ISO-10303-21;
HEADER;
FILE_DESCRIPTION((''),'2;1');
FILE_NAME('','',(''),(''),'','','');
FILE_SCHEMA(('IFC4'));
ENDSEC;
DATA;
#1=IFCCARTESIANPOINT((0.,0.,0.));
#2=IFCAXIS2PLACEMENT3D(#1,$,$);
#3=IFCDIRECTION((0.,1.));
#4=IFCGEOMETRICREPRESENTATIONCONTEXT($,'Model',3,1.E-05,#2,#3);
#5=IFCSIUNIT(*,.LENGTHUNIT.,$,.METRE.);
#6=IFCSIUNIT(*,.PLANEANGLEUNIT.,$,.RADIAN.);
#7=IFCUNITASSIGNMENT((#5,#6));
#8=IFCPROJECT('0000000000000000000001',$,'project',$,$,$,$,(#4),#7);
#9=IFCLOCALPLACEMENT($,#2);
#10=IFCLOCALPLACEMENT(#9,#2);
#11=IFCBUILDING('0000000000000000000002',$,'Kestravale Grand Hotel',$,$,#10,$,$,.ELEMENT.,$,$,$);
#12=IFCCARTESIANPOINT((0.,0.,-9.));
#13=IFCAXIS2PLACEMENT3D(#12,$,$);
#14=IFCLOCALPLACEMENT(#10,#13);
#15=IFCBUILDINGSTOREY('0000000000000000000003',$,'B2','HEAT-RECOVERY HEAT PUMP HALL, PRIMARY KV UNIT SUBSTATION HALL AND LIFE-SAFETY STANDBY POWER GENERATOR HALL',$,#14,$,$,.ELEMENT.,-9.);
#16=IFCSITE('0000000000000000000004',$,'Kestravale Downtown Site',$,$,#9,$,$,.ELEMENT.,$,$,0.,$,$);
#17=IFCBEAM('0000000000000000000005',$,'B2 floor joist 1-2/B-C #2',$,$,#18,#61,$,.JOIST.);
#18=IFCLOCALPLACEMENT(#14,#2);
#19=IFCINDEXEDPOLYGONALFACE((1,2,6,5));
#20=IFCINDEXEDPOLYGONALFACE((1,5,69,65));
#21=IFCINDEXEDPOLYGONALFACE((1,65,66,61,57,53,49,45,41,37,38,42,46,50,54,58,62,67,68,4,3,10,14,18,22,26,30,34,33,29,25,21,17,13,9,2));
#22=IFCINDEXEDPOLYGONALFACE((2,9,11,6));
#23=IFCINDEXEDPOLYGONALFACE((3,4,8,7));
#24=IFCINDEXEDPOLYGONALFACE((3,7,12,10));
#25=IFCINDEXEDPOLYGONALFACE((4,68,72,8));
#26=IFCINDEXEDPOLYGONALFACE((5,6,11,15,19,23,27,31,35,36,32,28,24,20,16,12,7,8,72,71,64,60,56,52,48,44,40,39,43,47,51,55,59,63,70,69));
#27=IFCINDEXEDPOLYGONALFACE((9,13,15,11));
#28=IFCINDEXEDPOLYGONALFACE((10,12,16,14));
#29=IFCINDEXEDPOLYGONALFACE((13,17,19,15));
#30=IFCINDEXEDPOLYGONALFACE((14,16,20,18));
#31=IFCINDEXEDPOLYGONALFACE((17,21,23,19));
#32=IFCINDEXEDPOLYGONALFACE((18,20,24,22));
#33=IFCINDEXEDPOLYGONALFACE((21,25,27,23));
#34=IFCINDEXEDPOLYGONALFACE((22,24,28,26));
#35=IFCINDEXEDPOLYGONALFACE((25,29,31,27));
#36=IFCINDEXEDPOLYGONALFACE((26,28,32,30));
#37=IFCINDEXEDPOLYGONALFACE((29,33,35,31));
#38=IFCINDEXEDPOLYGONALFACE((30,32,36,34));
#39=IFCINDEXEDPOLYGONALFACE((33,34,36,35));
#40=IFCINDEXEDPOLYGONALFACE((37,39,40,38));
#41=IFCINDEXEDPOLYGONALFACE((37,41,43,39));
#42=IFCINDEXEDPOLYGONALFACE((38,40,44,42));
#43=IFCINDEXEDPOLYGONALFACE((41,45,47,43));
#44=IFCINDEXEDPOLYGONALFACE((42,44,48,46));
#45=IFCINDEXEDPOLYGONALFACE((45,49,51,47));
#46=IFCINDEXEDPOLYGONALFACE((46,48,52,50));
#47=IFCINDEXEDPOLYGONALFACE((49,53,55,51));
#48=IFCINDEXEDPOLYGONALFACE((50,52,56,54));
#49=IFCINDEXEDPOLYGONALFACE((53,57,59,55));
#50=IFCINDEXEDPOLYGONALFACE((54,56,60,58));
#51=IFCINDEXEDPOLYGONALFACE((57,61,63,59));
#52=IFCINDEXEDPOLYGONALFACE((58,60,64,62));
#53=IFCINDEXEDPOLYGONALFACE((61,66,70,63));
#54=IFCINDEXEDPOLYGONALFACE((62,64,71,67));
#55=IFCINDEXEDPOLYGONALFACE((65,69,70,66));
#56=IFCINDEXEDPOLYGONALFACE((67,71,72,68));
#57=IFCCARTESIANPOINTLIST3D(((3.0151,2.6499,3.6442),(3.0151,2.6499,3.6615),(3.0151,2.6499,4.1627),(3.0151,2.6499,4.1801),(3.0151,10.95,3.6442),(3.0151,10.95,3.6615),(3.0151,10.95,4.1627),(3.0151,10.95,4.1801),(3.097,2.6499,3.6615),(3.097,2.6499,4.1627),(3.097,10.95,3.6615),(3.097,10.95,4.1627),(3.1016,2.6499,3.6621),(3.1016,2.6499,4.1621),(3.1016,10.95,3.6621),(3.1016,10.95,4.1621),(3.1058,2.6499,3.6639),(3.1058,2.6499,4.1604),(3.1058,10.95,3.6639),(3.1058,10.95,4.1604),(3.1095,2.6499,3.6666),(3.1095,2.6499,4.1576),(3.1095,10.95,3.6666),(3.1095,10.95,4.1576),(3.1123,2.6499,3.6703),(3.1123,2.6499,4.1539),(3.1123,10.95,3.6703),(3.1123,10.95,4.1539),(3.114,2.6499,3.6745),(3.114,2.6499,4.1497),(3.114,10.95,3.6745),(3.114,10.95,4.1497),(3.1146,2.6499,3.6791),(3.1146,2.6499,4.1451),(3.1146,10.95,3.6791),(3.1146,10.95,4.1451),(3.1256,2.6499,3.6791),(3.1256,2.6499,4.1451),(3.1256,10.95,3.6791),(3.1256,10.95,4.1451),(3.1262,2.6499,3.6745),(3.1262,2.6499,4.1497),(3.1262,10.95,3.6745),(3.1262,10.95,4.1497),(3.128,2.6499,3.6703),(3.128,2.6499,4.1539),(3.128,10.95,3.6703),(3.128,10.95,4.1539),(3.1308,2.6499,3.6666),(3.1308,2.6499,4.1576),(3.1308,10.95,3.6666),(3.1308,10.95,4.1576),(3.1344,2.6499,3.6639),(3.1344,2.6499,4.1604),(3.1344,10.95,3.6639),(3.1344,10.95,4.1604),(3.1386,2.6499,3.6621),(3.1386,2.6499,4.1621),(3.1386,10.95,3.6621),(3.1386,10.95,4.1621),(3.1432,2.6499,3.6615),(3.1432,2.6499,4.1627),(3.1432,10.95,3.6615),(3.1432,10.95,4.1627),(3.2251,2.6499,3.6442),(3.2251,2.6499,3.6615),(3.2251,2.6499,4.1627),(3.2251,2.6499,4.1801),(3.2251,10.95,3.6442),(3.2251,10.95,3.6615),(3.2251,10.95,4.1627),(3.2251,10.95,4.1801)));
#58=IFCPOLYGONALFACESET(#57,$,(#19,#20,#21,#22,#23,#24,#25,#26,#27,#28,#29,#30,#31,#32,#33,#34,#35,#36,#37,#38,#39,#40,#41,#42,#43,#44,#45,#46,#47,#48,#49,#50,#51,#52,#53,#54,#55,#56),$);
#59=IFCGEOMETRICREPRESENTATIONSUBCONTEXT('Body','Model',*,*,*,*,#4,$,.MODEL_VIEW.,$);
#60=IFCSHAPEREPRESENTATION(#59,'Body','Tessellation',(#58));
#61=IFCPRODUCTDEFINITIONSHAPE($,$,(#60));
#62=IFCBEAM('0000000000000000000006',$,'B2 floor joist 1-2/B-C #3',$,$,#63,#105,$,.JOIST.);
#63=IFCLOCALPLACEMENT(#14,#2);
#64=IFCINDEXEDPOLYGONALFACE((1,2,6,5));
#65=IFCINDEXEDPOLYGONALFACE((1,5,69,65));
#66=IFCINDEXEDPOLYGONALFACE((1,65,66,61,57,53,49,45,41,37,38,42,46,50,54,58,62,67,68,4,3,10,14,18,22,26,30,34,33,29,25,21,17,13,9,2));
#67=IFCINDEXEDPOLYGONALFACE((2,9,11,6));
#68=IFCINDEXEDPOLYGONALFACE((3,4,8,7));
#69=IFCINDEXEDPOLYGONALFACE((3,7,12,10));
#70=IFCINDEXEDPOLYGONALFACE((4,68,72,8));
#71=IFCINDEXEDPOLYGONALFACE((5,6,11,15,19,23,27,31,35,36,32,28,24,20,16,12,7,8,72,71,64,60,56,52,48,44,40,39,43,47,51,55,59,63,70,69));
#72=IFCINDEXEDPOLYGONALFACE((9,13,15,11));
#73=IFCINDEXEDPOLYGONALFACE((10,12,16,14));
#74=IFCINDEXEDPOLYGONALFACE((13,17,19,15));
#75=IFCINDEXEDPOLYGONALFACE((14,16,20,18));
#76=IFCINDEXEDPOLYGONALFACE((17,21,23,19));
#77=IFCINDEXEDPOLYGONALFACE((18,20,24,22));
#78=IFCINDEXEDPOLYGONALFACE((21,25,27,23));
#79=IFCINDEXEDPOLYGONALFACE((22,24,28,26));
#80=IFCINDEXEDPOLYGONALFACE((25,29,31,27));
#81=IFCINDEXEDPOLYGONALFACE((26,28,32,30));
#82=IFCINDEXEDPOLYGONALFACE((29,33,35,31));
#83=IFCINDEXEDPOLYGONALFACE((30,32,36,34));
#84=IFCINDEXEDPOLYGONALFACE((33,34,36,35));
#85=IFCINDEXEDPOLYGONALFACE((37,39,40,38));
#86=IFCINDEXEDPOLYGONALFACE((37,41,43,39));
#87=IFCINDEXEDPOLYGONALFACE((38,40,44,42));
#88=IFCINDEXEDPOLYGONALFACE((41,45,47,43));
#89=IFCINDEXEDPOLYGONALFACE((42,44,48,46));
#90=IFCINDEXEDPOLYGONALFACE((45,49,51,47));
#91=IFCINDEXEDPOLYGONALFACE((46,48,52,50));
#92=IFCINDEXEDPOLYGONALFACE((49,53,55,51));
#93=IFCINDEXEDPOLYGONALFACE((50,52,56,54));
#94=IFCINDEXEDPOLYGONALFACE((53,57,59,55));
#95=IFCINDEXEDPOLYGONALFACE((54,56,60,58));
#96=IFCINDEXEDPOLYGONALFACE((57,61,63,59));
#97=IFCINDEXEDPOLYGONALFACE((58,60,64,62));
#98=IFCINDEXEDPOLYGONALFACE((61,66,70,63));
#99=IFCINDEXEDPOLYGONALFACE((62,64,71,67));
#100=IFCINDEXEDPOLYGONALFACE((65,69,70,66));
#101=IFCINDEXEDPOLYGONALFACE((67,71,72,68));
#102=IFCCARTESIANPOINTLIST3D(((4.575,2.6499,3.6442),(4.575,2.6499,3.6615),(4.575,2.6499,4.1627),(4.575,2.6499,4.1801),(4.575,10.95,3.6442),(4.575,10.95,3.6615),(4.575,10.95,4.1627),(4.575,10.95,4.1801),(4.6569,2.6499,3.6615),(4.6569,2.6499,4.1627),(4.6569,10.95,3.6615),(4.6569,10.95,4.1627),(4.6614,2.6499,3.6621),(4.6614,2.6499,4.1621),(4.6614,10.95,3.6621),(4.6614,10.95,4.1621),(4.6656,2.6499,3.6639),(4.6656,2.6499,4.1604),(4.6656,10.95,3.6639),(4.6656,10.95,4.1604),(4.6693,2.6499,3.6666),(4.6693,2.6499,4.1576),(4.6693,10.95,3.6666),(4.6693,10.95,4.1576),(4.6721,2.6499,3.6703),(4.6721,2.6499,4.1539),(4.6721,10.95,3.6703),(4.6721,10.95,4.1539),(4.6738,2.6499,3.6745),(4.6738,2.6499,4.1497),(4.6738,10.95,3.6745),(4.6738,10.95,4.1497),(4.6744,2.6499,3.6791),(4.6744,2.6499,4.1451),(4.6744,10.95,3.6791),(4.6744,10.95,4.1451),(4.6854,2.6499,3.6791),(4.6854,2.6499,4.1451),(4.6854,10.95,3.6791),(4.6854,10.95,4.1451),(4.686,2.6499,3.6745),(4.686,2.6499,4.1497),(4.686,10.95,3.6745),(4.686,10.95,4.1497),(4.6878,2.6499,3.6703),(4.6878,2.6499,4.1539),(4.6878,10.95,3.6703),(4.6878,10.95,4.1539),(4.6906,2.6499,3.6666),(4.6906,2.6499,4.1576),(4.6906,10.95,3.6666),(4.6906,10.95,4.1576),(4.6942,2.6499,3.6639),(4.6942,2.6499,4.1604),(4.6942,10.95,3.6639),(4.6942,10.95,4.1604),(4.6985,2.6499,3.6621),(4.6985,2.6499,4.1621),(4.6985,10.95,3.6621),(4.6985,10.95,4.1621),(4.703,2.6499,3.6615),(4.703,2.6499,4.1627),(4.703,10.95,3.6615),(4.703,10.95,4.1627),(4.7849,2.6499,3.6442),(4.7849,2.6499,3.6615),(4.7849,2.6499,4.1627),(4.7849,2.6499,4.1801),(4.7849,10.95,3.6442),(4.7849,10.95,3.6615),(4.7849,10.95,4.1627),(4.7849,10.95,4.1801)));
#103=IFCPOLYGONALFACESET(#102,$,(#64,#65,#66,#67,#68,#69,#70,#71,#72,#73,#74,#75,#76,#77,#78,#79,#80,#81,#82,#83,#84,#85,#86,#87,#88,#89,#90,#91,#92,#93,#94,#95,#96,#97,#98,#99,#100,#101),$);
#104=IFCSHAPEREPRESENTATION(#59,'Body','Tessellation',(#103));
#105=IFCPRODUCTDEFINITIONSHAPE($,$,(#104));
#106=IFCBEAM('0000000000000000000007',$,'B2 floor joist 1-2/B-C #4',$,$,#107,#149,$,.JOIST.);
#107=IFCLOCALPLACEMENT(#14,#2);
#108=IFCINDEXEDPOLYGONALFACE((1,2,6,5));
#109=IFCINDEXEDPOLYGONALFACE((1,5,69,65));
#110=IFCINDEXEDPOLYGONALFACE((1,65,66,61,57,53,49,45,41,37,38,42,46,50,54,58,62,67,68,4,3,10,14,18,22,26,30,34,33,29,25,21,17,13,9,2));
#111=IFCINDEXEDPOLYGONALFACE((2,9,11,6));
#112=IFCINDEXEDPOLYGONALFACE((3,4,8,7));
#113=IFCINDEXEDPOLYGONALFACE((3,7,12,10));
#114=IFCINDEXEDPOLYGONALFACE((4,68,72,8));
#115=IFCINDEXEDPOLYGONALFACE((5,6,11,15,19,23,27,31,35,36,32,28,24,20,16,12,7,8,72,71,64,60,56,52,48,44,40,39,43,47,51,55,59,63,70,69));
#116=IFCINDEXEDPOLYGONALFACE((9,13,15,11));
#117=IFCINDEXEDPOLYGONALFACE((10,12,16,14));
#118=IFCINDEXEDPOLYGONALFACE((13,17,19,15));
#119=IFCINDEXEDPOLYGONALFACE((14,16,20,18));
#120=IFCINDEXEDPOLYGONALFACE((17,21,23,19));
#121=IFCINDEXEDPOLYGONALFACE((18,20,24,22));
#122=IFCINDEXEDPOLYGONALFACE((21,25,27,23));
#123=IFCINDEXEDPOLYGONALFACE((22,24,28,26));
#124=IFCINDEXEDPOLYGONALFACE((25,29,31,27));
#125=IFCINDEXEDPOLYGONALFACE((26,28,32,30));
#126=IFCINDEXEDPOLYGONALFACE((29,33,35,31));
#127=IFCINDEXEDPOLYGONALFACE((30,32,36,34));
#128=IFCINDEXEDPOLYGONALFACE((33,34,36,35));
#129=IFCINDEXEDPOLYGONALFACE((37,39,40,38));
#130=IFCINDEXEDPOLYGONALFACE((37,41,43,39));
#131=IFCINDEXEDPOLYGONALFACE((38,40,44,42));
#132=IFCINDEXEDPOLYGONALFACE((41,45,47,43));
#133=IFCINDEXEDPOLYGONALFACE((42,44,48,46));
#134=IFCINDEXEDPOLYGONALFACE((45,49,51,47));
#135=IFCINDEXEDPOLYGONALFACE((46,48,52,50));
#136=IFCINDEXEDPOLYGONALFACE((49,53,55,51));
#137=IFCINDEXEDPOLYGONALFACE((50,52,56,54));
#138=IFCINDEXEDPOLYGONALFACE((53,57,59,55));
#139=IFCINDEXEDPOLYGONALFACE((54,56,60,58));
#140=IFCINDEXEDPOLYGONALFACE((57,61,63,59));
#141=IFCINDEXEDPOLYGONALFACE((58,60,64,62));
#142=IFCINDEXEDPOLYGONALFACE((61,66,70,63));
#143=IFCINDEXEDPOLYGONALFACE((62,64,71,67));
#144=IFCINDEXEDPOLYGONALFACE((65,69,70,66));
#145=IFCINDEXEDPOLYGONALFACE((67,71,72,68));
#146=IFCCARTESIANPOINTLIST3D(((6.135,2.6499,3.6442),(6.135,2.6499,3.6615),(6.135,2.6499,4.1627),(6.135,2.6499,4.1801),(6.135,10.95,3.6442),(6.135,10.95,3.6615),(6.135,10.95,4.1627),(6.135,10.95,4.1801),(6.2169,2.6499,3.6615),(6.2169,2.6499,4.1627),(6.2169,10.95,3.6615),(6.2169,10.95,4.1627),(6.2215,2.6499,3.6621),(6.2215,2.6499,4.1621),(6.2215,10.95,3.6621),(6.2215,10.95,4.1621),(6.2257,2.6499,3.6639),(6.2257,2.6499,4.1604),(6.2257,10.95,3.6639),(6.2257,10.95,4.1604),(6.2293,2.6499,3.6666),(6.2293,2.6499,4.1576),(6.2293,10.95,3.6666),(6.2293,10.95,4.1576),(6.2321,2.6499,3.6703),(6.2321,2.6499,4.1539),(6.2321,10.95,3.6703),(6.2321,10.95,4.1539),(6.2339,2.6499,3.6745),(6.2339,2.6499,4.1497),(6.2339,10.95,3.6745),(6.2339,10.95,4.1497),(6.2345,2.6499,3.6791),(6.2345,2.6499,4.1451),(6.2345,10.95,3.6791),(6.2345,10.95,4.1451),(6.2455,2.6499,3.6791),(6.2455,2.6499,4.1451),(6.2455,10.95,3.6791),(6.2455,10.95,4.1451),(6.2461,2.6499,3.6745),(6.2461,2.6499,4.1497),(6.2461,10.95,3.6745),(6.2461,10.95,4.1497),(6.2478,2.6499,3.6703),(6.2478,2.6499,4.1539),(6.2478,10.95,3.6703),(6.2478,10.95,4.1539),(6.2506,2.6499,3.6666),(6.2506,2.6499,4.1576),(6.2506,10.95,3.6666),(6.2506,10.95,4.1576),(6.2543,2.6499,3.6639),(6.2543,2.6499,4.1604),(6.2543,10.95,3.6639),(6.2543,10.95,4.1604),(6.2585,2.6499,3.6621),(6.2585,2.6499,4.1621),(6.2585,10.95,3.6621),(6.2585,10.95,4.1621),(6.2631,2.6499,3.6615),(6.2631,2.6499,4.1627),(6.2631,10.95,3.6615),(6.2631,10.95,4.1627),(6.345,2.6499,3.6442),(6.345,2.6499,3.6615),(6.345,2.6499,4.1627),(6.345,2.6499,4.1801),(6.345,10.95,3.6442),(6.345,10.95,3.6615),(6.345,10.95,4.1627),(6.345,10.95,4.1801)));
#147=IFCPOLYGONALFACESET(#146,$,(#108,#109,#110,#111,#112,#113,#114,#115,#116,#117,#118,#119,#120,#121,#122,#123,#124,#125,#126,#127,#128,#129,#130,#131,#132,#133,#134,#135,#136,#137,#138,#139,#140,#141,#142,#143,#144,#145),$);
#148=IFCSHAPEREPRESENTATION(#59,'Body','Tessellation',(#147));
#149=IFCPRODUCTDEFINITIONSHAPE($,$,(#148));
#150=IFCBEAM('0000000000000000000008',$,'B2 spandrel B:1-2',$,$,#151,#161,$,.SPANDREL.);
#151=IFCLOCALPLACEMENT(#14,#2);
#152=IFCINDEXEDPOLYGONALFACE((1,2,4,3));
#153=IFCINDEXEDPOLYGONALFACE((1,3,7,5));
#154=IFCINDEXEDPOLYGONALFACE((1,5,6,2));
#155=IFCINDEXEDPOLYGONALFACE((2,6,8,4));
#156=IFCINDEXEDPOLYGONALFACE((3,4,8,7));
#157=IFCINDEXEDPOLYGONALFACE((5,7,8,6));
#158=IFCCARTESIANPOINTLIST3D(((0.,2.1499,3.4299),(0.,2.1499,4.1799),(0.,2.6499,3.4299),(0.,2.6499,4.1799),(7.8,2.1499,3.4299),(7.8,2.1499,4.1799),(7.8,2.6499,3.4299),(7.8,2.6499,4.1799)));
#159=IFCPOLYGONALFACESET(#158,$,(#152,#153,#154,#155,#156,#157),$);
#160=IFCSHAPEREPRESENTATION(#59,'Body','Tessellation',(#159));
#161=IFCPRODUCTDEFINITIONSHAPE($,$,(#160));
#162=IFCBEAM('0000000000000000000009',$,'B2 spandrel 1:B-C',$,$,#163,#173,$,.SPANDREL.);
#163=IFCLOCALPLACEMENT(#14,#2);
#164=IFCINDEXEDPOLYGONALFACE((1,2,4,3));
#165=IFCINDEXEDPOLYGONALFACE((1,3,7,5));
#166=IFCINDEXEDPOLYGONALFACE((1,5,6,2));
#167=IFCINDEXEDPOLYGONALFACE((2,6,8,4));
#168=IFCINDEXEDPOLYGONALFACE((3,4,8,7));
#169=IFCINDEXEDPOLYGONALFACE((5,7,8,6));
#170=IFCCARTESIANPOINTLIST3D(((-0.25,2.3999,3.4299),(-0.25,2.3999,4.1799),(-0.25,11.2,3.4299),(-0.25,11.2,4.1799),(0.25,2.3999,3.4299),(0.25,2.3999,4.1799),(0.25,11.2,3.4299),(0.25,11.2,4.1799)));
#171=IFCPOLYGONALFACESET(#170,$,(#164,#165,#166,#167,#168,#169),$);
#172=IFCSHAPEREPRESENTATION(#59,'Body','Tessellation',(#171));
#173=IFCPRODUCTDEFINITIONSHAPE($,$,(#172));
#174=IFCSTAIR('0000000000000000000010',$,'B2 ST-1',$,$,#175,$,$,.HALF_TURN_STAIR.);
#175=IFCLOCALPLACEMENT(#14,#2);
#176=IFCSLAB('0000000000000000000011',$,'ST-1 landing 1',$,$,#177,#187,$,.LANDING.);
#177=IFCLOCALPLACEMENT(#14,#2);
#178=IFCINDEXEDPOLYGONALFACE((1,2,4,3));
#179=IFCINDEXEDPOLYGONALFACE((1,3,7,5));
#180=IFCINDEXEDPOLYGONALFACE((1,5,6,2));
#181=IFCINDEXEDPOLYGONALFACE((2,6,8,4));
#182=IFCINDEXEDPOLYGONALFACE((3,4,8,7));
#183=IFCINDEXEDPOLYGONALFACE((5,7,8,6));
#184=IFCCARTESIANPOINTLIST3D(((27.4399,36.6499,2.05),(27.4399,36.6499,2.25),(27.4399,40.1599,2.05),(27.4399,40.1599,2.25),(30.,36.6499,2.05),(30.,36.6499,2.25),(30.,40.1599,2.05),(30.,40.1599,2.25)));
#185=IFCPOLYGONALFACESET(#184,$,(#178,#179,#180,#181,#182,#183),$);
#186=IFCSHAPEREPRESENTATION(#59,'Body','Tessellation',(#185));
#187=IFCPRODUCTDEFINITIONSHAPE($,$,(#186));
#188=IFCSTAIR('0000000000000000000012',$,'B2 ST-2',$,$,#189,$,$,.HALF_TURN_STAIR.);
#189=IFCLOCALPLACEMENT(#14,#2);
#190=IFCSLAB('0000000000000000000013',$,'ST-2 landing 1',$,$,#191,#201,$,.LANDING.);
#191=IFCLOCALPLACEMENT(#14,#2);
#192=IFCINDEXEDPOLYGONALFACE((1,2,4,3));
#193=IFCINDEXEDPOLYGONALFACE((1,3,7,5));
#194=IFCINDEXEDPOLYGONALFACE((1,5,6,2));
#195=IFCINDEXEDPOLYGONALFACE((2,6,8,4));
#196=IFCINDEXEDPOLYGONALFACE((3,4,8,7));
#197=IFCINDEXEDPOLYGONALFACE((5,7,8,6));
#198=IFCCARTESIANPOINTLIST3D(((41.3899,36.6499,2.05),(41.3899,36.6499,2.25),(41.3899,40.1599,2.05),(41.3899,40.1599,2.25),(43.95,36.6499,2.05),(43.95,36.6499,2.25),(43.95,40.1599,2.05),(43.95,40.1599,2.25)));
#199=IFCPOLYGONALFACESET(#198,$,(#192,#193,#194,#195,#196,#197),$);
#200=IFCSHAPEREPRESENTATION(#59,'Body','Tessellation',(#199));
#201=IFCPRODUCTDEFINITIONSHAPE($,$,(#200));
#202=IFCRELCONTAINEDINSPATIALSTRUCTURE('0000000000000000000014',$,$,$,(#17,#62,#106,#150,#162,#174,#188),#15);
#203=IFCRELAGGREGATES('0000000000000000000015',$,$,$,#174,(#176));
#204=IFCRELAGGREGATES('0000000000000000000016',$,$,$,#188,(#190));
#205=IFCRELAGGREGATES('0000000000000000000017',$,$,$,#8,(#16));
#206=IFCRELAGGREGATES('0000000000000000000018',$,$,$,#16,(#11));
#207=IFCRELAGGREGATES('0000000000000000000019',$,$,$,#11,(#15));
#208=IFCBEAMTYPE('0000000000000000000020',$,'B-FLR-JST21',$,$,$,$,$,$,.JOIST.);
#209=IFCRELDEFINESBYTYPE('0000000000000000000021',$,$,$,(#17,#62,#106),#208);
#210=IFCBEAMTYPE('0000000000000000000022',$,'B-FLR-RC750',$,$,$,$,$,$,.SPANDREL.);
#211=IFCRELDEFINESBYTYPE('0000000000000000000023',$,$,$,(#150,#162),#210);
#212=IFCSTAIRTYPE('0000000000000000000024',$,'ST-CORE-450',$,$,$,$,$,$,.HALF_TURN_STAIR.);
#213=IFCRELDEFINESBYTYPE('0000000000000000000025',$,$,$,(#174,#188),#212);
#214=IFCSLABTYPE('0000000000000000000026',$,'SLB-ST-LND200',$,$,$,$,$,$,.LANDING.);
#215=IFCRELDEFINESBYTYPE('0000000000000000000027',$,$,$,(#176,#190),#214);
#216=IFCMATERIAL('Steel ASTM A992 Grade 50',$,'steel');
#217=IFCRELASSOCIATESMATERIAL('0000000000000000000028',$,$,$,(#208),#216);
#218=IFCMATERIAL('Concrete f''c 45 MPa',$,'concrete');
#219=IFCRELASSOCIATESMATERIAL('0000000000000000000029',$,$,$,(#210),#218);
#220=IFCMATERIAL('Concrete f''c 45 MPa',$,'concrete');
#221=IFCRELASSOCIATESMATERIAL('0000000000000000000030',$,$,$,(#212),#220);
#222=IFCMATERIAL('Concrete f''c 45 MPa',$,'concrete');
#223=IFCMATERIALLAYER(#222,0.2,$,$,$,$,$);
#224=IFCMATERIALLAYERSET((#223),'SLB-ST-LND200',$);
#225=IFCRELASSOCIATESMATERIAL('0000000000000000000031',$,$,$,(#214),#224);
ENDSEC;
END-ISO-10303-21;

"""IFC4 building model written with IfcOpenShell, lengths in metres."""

from ifc_helpers import new_model, si_unit, direction, frame, origin, origin_2d, place, context, subcontext, project, spatial, polyline, rectangle, i_section, outline, extrude, material, layer, layer_set, material_profile, profile_set, type_object, element, aggregate, save


model = new_model("IFC4")

# Units and contexts
model_context = context("Model", 3, precision=1e-05, world=origin(), true_north=direction((0.0, 1.0)))
body_context = subcontext(model_context, "Body", "Model", "MODEL_VIEW")
ifc_project = project(units=[si_unit("LENGTHUNIT", "METRE"), si_unit("PLANEANGLEUNIT", "RADIAN")], contexts=[model_context])

# Site, building, storey
site_placement = place(None, origin())
site = spatial("IfcSite", under=ifc_project, at=site_placement, Name="Kestravale Downtown Site", CompositionType="ELEMENT", RefElevation=0.0)
building_placement = place(site_placement, origin())
building = spatial("IfcBuilding", under=site, at=building_placement, Name="Kestravale Grand Hotel", CompositionType="ELEMENT")
storey_placement = place(building_placement, frame((0.0, 0.0, -9.0)))
storey = spatial("IfcBuildingStorey", under=building, at=storey_placement, Name="B2", Description="HEAT-RECOVERY HEAT PUMP HALL, PRIMARY KV UNIT SUBSTATION HALL AND LIFE-SAFETY STANDBY POWER GENERATOR HALL", CompositionType="ELEMENT", Elevation=-9.0)

# Beams
ifc_material_1 = material(Name="Steel ASTM A992 Grade 50", Category="steel")
ifc_material_profile_1 = material_profile(ifc_material_1, i_section(OverallWidth=0.21, OverallDepth=0.5359, WebThickness=0.011, FlangeThickness=0.0173, FilletRadius=0.0176, at=origin_2d()))
ifc_profile_set_1 = profile_set([ifc_material_profile_1], Name="Steel ASTM A992 Grade 50")
beam_type_1 = type_object("IfcBeamType", Name="B-FLR-JST21", PredefinedType="JOIST", material=ifc_profile_set_1)
for number, where, z_axis, x_axis, name in (
    (1, (3.1201, 2.6499, 3.9121), (0.0, 1.0, 0.0), (-1.0, 0.0, 0.0), "B2 floor joist 1-2/B-C #2"),
    (2, (4.6799, 2.6499, 3.9121), (0.0, 1.0, 0.0), (-1.0, 0.0, 0.0), "B2 floor joist 1-2/B-C #3"),
    (3, (6.24, 2.6499, 3.9121), (0.0, 1.0, 0.0), (-1.0, 0.0, 0.0), "B2 floor joist 1-2/B-C #4"),
):
    element("IfcBeam", number, at=place(storey_placement, frame(where, z_axis=z_axis, x_axis=x_axis)), inside=storey, type_object=beam_type_1, Name=name, PredefinedType="JOIST", context=body_context, shape_type="SweptSolid", body=[
        extrude(i_section(OverallWidth=0.21, OverallDepth=0.5359, WebThickness=0.011, FlangeThickness=0.0173, FilletRadius=0.0176, at=origin_2d()), origin(), (0.0, 0.0, 1.0), 8.3),
    ])
ifc_material_2 = material(Name="Concrete f'c 45 MPa", Category="concrete")
ifc_material_profile_2 = material_profile(ifc_material_2, rectangle(XDim=0.5, YDim=0.75, at=origin_2d()))
ifc_profile_set_2 = profile_set([ifc_material_profile_2], Name="Concrete f'c 45 MPa")
beam_type_2 = type_object("IfcBeamType", Name="B-FLR-RC750", PredefinedType="SPANDREL", material=ifc_profile_set_2)
beam_1_placement = place(storey_placement, frame((0.0, 2.3999, 3.8049), z_axis=(1.0, 0.0, 0.0), x_axis=(0.0, 1.0, 0.0)))
element("IfcBeam", 4, at=beam_1_placement, inside=storey, type_object=beam_type_2, Name="B2 spandrel B:1-2", PredefinedType="SPANDREL", context=body_context, shape_type="SweptSolid", body=[
    extrude(rectangle(XDim=0.5, YDim=0.75, at=origin_2d()), origin(), (0.0, 0.0, 1.0), 7.8),
])
beam_2_placement = place(storey_placement, frame((0.0, 2.3999, 3.8049), z_axis=(0.0, 1.0, 0.0), x_axis=(-1.0, 0.0, 0.0)))
element("IfcBeam", 5, at=beam_2_placement, inside=storey, type_object=beam_type_2, Name="B2 spandrel 1:B-C", PredefinedType="SPANDREL", context=body_context, shape_type="SweptSolid", body=[
    extrude(rectangle(XDim=0.5, YDim=0.75, at=origin_2d()), origin(), (0.0, 0.0, 1.0), 8.8),
])

# Stairs, slabs
ifc_material_3 = material(Name="Concrete f'c 45 MPa", Category="concrete")
stair_type = type_object("IfcStairType", Name="ST-CORE-450", PredefinedType="HALF_TURN_STAIR", material=ifc_material_3)
stair_1_placement = place(storey_placement, origin())
stair_1 = element("IfcStair", 6, at=stair_1_placement, inside=storey, type_object=stair_type, Name="B2 ST-1", PredefinedType="HALF_TURN_STAIR")
ifc_material_4 = material(Name="Concrete f'c 45 MPa", Category="concrete")
ifc_layer_1 = layer(ifc_material_4, 0.2)
ifc_layer_set_1 = layer_set([ifc_layer_1], Name="SLB-ST-LND200")
slab_type_1 = type_object("IfcSlabType", Name="SLB-ST-LND200", PredefinedType="LANDING", material=ifc_layer_set_1)
slab_1_placement = place(storey_placement, frame((0.0, 0.0, 2.05)))
slab_1 = element("IfcSlab", 7, at=slab_1_placement, type_object=slab_type_1, Name="ST-1 landing 1", PredefinedType="LANDING", context=body_context, shape_type="SweptSolid", body=[
    extrude(outline(polyline([(27.4399, 36.6499), (30.0, 36.6499), (30.0, 40.1599), (27.4399, 40.1599), (27.4399, 36.6499)])), origin(), (0.0, 0.0, 1.0), 0.2),
])
aggregate(stair_1, [slab_1])
stair_2_placement = place(storey_placement, origin())
stair_2 = element("IfcStair", 8, at=stair_2_placement, inside=storey, type_object=stair_type, Name="B2 ST-2", PredefinedType="HALF_TURN_STAIR")
slab_2_placement = place(storey_placement, frame((0.0, 0.0, 2.05)))
slab_2 = element("IfcSlab", 9, at=slab_2_placement, type_object=slab_type_1, Name="ST-2 landing 1", PredefinedType="LANDING", context=body_context, shape_type="SweptSolid", body=[
    extrude(outline(polyline([(41.3899, 36.6499), (43.95, 36.6499), (43.95, 40.1599), (41.3899, 40.1599), (41.3899, 36.6499)])), origin(), (0.0, 0.0, 1.0), 0.2),
])
aggregate(stair_2, [slab_2])

save(model, "model.ifc")
